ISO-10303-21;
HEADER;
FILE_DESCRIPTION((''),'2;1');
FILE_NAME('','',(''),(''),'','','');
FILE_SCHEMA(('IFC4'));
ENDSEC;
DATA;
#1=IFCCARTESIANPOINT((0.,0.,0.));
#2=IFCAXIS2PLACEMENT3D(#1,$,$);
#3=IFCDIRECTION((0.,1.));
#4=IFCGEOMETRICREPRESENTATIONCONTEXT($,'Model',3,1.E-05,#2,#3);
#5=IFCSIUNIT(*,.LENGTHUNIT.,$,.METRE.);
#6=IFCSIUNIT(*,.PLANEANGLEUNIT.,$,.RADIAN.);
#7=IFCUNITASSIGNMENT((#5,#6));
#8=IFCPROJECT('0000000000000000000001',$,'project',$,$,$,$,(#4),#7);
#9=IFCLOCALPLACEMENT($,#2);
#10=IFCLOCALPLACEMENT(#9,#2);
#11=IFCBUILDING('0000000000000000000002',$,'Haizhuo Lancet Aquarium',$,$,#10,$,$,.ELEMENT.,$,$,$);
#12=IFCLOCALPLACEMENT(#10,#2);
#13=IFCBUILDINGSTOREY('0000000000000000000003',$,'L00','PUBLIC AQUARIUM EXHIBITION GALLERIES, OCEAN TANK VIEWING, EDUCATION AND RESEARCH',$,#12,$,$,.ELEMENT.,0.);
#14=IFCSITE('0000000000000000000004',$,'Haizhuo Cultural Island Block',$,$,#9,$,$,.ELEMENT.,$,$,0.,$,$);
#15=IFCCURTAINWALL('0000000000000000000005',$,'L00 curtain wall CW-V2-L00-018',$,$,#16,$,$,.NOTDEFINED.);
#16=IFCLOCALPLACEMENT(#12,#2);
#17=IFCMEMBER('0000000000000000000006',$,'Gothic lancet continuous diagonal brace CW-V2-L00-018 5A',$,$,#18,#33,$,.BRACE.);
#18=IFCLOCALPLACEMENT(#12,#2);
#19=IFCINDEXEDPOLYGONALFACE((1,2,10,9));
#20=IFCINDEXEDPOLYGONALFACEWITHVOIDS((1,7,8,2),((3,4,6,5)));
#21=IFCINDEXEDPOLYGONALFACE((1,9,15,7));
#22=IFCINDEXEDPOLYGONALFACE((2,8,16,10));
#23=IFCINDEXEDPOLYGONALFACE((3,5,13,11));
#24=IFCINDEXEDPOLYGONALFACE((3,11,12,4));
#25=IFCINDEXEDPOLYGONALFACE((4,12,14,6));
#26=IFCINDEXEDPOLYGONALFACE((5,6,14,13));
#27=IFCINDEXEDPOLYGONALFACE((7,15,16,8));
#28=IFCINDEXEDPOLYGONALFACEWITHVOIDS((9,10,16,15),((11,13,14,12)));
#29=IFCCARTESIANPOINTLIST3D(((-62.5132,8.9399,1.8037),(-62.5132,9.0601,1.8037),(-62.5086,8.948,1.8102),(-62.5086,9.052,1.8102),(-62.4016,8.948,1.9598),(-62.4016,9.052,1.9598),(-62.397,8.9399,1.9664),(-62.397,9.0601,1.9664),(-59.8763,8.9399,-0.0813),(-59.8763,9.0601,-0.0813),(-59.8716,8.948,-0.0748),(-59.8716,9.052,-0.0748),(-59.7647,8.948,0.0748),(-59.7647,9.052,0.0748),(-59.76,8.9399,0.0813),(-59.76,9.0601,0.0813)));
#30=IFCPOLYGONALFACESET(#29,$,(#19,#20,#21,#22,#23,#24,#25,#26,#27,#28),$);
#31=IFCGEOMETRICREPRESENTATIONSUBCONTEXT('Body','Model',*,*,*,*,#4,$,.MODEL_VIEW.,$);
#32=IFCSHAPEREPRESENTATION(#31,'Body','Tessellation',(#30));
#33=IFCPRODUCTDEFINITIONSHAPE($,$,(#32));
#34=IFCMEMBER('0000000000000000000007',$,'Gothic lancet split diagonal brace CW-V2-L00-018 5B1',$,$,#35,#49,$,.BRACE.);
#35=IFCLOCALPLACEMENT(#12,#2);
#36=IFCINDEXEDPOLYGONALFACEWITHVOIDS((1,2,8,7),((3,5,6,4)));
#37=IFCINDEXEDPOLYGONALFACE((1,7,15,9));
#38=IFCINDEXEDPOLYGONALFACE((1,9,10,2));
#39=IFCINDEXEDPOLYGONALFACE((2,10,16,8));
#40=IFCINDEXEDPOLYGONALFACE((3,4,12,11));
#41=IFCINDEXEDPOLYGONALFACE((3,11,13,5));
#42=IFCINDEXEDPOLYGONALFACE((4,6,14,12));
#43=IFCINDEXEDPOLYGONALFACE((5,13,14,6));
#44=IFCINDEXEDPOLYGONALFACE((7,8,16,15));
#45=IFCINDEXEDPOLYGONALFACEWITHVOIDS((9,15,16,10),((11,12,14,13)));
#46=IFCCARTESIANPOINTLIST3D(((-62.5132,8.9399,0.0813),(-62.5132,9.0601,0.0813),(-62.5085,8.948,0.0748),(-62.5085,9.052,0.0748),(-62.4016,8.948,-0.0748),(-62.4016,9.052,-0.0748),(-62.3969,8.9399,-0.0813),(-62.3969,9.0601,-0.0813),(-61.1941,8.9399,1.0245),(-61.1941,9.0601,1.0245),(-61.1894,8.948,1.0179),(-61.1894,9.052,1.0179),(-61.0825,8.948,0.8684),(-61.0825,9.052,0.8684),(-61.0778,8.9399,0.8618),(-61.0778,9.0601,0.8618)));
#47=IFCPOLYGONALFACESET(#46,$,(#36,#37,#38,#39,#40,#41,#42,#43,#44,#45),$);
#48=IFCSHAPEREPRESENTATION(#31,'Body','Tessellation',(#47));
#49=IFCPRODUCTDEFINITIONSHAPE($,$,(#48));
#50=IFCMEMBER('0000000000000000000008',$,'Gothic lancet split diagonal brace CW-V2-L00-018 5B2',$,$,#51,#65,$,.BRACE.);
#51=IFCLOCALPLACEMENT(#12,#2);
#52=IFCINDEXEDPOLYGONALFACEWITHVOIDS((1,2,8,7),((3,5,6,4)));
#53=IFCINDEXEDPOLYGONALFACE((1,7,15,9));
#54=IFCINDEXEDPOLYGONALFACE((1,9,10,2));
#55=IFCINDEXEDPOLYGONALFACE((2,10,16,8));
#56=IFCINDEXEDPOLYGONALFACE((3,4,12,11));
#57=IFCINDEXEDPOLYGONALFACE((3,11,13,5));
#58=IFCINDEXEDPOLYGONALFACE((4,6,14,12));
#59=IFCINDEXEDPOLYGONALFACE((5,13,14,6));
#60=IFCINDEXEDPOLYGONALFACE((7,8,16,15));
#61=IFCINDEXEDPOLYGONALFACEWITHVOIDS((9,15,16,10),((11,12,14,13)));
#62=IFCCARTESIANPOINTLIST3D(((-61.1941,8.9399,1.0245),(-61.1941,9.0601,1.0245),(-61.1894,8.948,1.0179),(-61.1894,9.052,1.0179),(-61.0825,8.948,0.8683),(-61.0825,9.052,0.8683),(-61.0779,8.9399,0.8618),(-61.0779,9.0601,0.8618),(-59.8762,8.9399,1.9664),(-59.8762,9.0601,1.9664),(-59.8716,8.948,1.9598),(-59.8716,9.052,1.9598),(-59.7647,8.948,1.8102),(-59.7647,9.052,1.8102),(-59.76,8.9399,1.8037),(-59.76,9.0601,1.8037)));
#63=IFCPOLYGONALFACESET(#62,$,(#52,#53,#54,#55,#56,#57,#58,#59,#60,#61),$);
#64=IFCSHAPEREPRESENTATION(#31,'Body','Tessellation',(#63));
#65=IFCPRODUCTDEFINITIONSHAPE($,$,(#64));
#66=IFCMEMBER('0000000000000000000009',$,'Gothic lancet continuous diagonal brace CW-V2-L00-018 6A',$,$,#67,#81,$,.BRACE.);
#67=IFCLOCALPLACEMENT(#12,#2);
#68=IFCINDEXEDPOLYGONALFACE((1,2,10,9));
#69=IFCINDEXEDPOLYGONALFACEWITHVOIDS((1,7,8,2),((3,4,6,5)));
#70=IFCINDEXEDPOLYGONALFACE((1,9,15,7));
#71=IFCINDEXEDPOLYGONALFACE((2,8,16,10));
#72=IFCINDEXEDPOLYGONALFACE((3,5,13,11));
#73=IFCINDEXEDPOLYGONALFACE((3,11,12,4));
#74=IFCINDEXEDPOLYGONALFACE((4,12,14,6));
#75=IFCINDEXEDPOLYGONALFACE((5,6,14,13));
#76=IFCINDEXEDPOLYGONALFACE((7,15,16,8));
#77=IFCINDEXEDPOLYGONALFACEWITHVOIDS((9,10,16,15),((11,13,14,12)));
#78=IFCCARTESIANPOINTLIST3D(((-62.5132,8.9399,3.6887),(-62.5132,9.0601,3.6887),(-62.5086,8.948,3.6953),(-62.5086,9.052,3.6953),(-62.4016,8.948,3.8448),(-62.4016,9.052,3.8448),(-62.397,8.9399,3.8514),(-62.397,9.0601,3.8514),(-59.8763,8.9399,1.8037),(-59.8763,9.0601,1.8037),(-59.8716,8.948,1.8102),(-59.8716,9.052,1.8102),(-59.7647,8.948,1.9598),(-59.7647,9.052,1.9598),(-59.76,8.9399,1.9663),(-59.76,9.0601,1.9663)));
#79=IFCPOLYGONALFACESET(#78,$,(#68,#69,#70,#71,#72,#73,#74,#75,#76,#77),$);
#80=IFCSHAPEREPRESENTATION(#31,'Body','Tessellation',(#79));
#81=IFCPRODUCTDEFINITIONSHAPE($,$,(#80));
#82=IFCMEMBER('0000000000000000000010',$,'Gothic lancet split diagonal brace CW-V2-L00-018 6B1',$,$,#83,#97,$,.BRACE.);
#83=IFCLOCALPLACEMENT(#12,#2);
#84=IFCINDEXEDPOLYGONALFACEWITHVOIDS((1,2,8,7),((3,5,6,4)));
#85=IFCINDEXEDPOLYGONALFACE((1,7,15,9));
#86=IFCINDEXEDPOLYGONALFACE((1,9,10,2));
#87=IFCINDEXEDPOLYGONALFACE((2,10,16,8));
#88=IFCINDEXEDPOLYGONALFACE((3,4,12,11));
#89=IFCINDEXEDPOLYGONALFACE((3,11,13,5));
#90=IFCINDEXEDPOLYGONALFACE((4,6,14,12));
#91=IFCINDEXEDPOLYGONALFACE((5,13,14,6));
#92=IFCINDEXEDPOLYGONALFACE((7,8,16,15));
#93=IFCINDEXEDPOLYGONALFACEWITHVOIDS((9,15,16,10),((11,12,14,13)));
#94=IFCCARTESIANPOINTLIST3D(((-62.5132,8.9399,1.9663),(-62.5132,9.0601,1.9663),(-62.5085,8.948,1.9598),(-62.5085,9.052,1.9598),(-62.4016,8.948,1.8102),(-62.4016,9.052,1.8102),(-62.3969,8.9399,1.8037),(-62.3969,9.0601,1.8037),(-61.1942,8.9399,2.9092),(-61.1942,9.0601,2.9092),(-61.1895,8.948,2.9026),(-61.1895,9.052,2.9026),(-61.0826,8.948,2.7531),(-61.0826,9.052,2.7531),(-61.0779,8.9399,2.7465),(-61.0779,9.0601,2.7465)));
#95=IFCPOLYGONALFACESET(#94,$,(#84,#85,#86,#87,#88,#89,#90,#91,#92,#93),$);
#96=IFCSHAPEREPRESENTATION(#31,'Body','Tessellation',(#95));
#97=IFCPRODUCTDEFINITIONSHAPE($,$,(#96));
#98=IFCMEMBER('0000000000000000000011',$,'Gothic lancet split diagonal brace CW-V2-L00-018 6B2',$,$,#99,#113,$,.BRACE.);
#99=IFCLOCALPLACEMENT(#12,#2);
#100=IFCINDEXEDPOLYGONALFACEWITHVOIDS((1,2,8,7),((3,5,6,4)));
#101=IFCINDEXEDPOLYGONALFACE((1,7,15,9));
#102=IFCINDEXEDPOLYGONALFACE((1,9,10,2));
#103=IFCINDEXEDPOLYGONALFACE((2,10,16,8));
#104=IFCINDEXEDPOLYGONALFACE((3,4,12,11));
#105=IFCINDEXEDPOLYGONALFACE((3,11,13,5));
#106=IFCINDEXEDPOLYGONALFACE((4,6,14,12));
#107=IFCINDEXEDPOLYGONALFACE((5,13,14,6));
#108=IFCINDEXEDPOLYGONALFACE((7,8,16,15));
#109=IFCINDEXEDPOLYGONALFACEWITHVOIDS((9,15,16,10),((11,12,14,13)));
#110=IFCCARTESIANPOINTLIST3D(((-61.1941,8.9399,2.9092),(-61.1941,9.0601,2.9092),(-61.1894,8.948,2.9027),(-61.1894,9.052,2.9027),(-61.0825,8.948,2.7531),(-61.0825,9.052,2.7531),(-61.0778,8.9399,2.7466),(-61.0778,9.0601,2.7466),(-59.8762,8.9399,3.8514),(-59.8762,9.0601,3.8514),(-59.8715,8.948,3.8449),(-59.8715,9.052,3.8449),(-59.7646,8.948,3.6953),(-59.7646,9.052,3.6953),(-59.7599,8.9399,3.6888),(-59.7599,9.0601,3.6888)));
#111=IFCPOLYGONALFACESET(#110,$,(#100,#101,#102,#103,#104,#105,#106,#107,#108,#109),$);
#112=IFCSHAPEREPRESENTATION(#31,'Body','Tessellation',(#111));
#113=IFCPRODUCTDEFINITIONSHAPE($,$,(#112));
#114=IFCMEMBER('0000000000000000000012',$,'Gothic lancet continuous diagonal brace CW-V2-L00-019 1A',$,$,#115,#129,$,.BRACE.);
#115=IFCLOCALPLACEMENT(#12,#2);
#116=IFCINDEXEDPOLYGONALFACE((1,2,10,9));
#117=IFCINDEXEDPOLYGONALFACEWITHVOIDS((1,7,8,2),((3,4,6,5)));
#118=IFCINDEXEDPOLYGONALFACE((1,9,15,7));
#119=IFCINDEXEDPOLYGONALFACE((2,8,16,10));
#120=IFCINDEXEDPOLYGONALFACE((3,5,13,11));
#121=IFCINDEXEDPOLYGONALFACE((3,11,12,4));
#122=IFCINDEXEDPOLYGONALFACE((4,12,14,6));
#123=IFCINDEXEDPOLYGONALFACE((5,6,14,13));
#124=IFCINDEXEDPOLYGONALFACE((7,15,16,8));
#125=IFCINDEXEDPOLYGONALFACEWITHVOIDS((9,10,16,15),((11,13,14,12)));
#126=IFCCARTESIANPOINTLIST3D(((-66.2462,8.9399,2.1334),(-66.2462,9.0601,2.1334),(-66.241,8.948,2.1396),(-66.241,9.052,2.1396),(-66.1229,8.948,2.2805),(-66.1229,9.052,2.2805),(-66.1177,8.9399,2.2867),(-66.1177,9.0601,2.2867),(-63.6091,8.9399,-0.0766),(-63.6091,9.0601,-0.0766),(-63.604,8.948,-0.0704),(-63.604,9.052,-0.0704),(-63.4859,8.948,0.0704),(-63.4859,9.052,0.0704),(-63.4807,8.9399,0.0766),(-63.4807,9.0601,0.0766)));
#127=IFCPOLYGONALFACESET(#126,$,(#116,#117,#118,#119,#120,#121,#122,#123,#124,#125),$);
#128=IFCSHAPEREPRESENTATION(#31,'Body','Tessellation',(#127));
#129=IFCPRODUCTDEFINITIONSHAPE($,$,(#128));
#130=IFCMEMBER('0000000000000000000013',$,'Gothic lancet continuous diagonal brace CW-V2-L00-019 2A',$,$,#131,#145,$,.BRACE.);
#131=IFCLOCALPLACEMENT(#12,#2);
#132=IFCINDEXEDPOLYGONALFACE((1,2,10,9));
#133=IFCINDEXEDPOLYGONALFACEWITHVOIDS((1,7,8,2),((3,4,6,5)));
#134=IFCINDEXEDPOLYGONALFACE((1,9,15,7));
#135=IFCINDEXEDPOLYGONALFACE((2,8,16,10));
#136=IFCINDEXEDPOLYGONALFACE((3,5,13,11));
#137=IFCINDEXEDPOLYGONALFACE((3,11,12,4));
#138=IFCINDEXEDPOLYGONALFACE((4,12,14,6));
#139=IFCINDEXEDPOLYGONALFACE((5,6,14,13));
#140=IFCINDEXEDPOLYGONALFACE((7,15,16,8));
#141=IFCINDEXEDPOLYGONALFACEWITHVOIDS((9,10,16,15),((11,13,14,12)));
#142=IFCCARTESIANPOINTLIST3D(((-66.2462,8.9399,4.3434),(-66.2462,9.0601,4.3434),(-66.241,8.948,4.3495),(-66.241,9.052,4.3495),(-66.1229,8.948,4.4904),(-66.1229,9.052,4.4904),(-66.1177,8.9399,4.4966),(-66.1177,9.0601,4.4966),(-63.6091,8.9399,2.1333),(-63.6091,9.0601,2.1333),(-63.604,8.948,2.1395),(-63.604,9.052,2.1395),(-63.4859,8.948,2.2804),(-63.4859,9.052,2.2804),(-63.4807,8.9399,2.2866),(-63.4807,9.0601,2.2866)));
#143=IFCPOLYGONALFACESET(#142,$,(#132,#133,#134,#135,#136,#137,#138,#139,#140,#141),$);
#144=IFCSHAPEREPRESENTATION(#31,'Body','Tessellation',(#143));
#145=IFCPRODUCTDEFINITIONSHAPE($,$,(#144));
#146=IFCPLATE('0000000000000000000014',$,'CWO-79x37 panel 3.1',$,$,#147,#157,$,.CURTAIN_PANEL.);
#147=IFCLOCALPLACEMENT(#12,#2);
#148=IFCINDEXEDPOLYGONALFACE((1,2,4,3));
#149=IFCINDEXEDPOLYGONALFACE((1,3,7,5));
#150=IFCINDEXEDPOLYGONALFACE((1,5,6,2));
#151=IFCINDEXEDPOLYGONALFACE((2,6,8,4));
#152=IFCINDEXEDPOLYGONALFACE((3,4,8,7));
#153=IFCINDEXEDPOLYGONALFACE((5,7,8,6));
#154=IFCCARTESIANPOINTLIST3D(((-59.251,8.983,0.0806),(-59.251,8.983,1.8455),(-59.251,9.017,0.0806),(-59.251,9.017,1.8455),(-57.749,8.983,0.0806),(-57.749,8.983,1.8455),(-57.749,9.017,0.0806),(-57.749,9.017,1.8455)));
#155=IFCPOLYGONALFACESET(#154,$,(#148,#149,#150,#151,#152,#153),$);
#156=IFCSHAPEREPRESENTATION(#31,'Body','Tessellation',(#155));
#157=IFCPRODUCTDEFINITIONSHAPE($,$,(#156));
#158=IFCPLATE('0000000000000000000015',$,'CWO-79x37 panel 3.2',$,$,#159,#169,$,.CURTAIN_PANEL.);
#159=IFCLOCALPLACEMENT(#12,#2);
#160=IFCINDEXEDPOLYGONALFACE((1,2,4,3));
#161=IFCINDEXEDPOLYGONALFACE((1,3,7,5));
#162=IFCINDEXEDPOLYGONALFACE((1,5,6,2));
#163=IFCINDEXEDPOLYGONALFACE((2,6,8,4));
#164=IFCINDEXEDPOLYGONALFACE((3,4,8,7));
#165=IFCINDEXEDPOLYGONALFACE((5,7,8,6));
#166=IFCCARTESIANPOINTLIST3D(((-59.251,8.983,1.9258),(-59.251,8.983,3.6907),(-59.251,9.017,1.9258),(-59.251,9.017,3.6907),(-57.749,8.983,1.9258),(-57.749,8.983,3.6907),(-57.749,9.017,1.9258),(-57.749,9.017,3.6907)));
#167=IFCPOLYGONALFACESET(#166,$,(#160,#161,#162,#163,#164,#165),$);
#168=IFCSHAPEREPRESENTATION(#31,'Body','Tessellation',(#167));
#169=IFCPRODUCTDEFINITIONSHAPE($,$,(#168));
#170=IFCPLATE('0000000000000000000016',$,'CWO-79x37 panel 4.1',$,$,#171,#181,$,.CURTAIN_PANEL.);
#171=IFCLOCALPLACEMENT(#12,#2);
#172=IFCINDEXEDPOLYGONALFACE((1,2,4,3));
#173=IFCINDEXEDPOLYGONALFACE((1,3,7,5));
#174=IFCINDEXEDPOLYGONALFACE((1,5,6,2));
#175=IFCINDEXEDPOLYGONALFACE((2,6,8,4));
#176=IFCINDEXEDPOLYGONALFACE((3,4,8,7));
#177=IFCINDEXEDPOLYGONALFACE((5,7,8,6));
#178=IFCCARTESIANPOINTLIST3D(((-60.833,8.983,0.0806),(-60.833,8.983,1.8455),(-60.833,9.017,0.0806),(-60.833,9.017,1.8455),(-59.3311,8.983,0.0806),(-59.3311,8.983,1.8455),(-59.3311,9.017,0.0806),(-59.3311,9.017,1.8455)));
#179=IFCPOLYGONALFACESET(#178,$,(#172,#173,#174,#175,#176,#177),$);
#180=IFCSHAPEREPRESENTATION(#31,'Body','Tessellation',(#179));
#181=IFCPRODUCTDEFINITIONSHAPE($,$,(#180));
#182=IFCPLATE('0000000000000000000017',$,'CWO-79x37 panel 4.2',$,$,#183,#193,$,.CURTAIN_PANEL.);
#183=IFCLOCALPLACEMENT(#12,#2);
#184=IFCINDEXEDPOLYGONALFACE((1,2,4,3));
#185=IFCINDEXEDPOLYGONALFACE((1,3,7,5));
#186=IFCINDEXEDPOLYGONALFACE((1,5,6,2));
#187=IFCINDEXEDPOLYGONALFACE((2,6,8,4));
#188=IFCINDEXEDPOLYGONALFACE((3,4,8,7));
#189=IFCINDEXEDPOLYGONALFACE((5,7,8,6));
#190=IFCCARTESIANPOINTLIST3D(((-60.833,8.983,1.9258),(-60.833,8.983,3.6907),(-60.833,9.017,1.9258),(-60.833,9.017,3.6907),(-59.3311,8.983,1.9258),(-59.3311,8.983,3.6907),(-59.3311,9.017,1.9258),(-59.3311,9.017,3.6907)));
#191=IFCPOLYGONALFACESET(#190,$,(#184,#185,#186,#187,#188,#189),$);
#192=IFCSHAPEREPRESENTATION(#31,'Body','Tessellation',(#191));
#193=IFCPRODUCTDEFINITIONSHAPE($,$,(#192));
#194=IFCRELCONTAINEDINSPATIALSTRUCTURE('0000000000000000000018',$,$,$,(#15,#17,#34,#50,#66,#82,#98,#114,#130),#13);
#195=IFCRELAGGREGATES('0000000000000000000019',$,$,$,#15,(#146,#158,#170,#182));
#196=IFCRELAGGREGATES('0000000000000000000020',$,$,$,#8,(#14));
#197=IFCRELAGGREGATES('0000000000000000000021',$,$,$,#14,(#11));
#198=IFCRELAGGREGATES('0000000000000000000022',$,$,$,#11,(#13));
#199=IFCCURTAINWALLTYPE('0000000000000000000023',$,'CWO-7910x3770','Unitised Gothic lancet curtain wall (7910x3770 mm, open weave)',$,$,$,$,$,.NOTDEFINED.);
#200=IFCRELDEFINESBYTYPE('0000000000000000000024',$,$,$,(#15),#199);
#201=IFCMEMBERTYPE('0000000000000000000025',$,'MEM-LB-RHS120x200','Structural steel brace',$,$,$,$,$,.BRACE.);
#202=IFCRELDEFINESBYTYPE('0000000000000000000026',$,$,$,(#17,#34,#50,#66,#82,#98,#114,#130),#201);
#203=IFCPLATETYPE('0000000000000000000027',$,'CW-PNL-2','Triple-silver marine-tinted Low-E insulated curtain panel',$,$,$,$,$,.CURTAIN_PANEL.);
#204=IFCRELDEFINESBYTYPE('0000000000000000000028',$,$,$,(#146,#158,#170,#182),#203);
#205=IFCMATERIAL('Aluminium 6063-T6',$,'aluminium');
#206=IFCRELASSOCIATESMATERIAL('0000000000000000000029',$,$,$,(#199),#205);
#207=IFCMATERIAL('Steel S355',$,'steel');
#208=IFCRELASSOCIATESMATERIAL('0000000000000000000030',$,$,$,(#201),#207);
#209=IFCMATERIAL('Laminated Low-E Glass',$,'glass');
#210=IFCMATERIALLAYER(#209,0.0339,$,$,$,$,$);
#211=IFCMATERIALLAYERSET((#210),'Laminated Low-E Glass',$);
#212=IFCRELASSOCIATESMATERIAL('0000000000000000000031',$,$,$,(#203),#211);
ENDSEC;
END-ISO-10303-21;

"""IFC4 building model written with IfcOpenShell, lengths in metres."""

from ifc_helpers import new_model, si_unit, direction, frame, origin, origin_2d, place, context, subcontext, project, spatial, rectangle, hollow_rectangle, extrude, material, layer, layer_set, material_profile, profile_set, type_object, element, aggregate, save


model = new_model("IFC4")

# Units and contexts
model_context = context("Model", 3, precision=1e-05, world=origin(), true_north=direction((0.0, 1.0)))
body_context = subcontext(model_context, "Body", "Model", "MODEL_VIEW")
ifc_project = project(units=[si_unit("LENGTHUNIT", "METRE"), si_unit("PLANEANGLEUNIT", "RADIAN")], contexts=[model_context])

# Site, building, storey
site_placement = place(None, origin())
site = spatial("IfcSite", under=ifc_project, at=site_placement, Name="Haizhuo Cultural Island Block", CompositionType="ELEMENT", RefElevation=0.0)
building_placement = place(site_placement, origin())
building = spatial("IfcBuilding", under=site, at=building_placement, Name="Haizhuo Lancet Aquarium", CompositionType="ELEMENT")
storey_placement = place(building_placement, origin())
storey = spatial("IfcBuildingStorey", under=building, at=storey_placement, Name="L00", Description="PUBLIC AQUARIUM EXHIBITION GALLERIES, OCEAN TANK VIEWING, EDUCATION AND RESEARCH", CompositionType="ELEMENT", Elevation=0.0)

# Shared definitions
ifc_material_1 = material(Name="Steel S355", Category="steel")

# Shared definitions
ifc_material_2 = material(Name="Aluminium 6063-T6", Category="aluminium")

# Curtain wall
curtain_wall_type_1 = type_object("IfcCurtainWallType", Name="CWO-7910x3770", Description="Unitised Gothic lancet curtain wall (7910x3770 mm, open weave)", PredefinedType="NOTDEFINED", material=ifc_material_2)
curtain_wall_1_placement = place(storey_placement, origin())
curtain_wall_1 = element("IfcCurtainWall", 1, at=curtain_wall_1_placement, inside=storey, type_object=curtain_wall_type_1, Name="L00 curtain wall CW-V2-L00-018", PredefinedType="NOTDEFINED")

# Members
ifc_material_profile_1 = material_profile(ifc_material_1, hollow_rectangle(XDim=0.1201, YDim=0.2, WallThickness=0.0081, at=origin_2d()), Name="RHS 120x200x8")
ifc_profile_set_1 = profile_set([ifc_material_profile_1], Name="Steel S355")
member_type_1 = type_object("IfcMemberType", Name="MEM-LB-RHS120x200", Description="Structural steel brace", PredefinedType="BRACE", material=ifc_profile_set_1)
member_1_placement = place(storey_placement, frame((-59.8181, 9.0, 0.0), z_axis=(-0.81352, 0.0, 0.581537), x_axis=(0.0, -1.0, 0.0)))
element("IfcMember", 2, at=member_1_placement, inside=storey, type_object=member_type_1, Name="Gothic lancet continuous diagonal brace CW-V2-L00-018 5A", PredefinedType="BRACE", context=body_context, shape_type="SweptSolid", body=[
    extrude(hollow_rectangle(XDim=0.1201, YDim=0.2, WallThickness=0.0081, at=origin_2d()), origin(), (0.0, 0.0, 1.0), 3.2415),
])
member_2_placement = place(storey_placement, frame((-62.4551, 9.0, 0.0), z_axis=(0.813469, 0.0, 0.581608), x_axis=(0.0, 1.0, 0.0)))
element("IfcMember", 3, at=member_2_placement, inside=storey, type_object=member_type_1, Name="Gothic lancet split diagonal brace CW-V2-L00-018 5B1", PredefinedType="BRACE", context=body_context, shape_type="SweptSolid", body=[
    extrude(hollow_rectangle(XDim=0.1201, YDim=0.2, WallThickness=0.0081, at=origin_2d()), origin(), (0.0, 0.0, 1.0), 1.6216),
])
member_3_placement = place(storey_placement, frame((-61.136, 9.0, 0.9431), z_axis=(0.813571, 0.0, 0.581466), x_axis=(0.0, 1.0, 0.0)))
element("IfcMember", 4, at=member_3_placement, inside=storey, type_object=member_type_1, Name="Gothic lancet split diagonal brace CW-V2-L00-018 5B2", PredefinedType="BRACE", context=body_context, shape_type="SweptSolid", body=[
    extrude(hollow_rectangle(XDim=0.1201, YDim=0.2, WallThickness=0.0081, at=origin_2d()), origin(), (0.0, 0.0, 1.0), 1.6199),
])
member_4_placement = place(storey_placement, frame((-59.8181, 9.0, 1.885), z_axis=(-0.81352, 0.0, 0.581537), x_axis=(0.0, -1.0, 0.0)))
element("IfcMember", 5, at=member_4_placement, inside=storey, type_object=member_type_1, Name="Gothic lancet continuous diagonal brace CW-V2-L00-018 6A", PredefinedType="BRACE", context=body_context, shape_type="SweptSolid", body=[
    extrude(hollow_rectangle(XDim=0.1201, YDim=0.2, WallThickness=0.0081, at=origin_2d()), origin(), (0.0, 0.0, 1.0), 3.2415),
])
member_5_placement = place(storey_placement, frame((-62.4551, 9.0, 1.885), z_axis=(0.81354, 0.0, 0.581509), x_axis=(0.0, 1.0, 0.0)))
element("IfcMember", 6, at=member_5_placement, inside=storey, type_object=member_type_1, Name="Gothic lancet split diagonal brace CW-V2-L00-018 6B1", PredefinedType="BRACE", context=body_context, shape_type="SweptSolid", body=[
    extrude(hollow_rectangle(XDim=0.1201, YDim=0.2, WallThickness=0.0081, at=origin_2d()), origin(), (0.0, 0.0, 1.0), 1.6213),
])
member_6_placement = place(storey_placement, frame((-61.136, 9.0, 2.8279), z_axis=(0.813499, 0.0, 0.581566), x_axis=(0.0, 1.0, 0.0)))
element("IfcMember", 7, at=member_6_placement, inside=storey, type_object=member_type_1, Name="Gothic lancet split diagonal brace CW-V2-L00-018 6B2", PredefinedType="BRACE", context=body_context, shape_type="SweptSolid", body=[
    extrude(hollow_rectangle(XDim=0.1201, YDim=0.2, WallThickness=0.0081, at=origin_2d()), origin(), (0.0, 0.0, 1.0), 1.6201),
])
for number, where, z_axis, x_axis, name in (
    (8, (-63.5449, 9.0, 0.0), (-0.766433, 0.0, 0.642325), (0.0, -1.0, 0.0), "Gothic lancet continuous diagonal brace CW-V2-L00-019 1A"),
    (9, (-63.5449, 9.0, 2.21), (-0.766433, 0.0, 0.642325), (0.0, -1.0, 0.0), "Gothic lancet continuous diagonal brace CW-V2-L00-019 2A"),
):
    element("IfcMember", number, at=place(storey_placement, frame(where, z_axis=z_axis, x_axis=x_axis)), inside=storey, type_object=member_type_1, Name=name, PredefinedType="BRACE", context=body_context, shape_type="SweptSolid", body=[
        extrude(hollow_rectangle(XDim=0.1201, YDim=0.2, WallThickness=0.0081, at=origin_2d()), origin(), (0.0, 0.0, 1.0), 3.4407),
    ])

# Plates
ifc_material_3 = material(Name="Laminated Low-E Glass", Category="glass")
ifc_layer_1 = layer(ifc_material_3, 0.0339)
ifc_layer_set_1 = layer_set([ifc_layer_1], Name="Laminated Low-E Glass")
plate_type_1 = type_object("IfcPlateType", Name="CW-PNL-2", Description="Triple-silver marine-tinted Low-E insulated curtain panel", PredefinedType="CURTAIN_PANEL", material=ifc_layer_set_1)
plate_1_placement = place(storey_placement, frame((-58.5, 9.0, 0.0806), z_axis=(0.0, 0.0, 1.0), x_axis=(-1.0, 0.0, 0.0)))
plate_1 = element("IfcPlate", 10, at=plate_1_placement, type_object=plate_type_1, Name="CWO-79x37 panel 3.1", PredefinedType="CURTAIN_PANEL", context=body_context, shape_type="SweptSolid", body=[
    extrude(rectangle(XDim=1.502, YDim=0.0339, at=origin_2d()), origin(), (0.0, 0.0, 1.0), 1.7649),
])
plate_2_placement = place(storey_placement, frame((-58.5, 9.0, 1.9258), z_axis=(0.0, 0.0, 1.0), x_axis=(-1.0, 0.0, 0.0)))
plate_2 = element("IfcPlate", 11, at=plate_2_placement, type_object=plate_type_1, Name="CWO-79x37 panel 3.2", PredefinedType="CURTAIN_PANEL", context=body_context, shape_type="SweptSolid", body=[
    extrude(rectangle(XDim=1.502, YDim=0.0339, at=origin_2d()), origin(), (0.0, 0.0, 1.0), 1.7649),
])
plate_3_placement = place(storey_placement, frame((-60.082, 9.0, 0.0806), z_axis=(0.0, 0.0, 1.0), x_axis=(-1.0, 0.0, 0.0)))
plate_3 = element("IfcPlate", 12, at=plate_3_placement, type_object=plate_type_1, Name="CWO-79x37 panel 4.1", PredefinedType="CURTAIN_PANEL", context=body_context, shape_type="SweptSolid", body=[
    extrude(rectangle(XDim=1.502, YDim=0.0339, at=origin_2d()), origin(), (0.0, 0.0, 1.0), 1.7649),
])
plate_4_placement = place(storey_placement, frame((-60.082, 9.0, 1.9258), z_axis=(0.0, 0.0, 1.0), x_axis=(-1.0, 0.0, 0.0)))
plate_4 = element("IfcPlate", 13, at=plate_4_placement, type_object=plate_type_1, Name="CWO-79x37 panel 4.2", PredefinedType="CURTAIN_PANEL", context=body_context, shape_type="SweptSolid", body=[
    extrude(rectangle(XDim=1.502, YDim=0.0339, at=origin_2d()), origin(), (0.0, 0.0, 1.0), 1.7649),
])
aggregate(curtain_wall_1, [plate_1, plate_2, plate_3, plate_4])

save(model, "model.ifc")
